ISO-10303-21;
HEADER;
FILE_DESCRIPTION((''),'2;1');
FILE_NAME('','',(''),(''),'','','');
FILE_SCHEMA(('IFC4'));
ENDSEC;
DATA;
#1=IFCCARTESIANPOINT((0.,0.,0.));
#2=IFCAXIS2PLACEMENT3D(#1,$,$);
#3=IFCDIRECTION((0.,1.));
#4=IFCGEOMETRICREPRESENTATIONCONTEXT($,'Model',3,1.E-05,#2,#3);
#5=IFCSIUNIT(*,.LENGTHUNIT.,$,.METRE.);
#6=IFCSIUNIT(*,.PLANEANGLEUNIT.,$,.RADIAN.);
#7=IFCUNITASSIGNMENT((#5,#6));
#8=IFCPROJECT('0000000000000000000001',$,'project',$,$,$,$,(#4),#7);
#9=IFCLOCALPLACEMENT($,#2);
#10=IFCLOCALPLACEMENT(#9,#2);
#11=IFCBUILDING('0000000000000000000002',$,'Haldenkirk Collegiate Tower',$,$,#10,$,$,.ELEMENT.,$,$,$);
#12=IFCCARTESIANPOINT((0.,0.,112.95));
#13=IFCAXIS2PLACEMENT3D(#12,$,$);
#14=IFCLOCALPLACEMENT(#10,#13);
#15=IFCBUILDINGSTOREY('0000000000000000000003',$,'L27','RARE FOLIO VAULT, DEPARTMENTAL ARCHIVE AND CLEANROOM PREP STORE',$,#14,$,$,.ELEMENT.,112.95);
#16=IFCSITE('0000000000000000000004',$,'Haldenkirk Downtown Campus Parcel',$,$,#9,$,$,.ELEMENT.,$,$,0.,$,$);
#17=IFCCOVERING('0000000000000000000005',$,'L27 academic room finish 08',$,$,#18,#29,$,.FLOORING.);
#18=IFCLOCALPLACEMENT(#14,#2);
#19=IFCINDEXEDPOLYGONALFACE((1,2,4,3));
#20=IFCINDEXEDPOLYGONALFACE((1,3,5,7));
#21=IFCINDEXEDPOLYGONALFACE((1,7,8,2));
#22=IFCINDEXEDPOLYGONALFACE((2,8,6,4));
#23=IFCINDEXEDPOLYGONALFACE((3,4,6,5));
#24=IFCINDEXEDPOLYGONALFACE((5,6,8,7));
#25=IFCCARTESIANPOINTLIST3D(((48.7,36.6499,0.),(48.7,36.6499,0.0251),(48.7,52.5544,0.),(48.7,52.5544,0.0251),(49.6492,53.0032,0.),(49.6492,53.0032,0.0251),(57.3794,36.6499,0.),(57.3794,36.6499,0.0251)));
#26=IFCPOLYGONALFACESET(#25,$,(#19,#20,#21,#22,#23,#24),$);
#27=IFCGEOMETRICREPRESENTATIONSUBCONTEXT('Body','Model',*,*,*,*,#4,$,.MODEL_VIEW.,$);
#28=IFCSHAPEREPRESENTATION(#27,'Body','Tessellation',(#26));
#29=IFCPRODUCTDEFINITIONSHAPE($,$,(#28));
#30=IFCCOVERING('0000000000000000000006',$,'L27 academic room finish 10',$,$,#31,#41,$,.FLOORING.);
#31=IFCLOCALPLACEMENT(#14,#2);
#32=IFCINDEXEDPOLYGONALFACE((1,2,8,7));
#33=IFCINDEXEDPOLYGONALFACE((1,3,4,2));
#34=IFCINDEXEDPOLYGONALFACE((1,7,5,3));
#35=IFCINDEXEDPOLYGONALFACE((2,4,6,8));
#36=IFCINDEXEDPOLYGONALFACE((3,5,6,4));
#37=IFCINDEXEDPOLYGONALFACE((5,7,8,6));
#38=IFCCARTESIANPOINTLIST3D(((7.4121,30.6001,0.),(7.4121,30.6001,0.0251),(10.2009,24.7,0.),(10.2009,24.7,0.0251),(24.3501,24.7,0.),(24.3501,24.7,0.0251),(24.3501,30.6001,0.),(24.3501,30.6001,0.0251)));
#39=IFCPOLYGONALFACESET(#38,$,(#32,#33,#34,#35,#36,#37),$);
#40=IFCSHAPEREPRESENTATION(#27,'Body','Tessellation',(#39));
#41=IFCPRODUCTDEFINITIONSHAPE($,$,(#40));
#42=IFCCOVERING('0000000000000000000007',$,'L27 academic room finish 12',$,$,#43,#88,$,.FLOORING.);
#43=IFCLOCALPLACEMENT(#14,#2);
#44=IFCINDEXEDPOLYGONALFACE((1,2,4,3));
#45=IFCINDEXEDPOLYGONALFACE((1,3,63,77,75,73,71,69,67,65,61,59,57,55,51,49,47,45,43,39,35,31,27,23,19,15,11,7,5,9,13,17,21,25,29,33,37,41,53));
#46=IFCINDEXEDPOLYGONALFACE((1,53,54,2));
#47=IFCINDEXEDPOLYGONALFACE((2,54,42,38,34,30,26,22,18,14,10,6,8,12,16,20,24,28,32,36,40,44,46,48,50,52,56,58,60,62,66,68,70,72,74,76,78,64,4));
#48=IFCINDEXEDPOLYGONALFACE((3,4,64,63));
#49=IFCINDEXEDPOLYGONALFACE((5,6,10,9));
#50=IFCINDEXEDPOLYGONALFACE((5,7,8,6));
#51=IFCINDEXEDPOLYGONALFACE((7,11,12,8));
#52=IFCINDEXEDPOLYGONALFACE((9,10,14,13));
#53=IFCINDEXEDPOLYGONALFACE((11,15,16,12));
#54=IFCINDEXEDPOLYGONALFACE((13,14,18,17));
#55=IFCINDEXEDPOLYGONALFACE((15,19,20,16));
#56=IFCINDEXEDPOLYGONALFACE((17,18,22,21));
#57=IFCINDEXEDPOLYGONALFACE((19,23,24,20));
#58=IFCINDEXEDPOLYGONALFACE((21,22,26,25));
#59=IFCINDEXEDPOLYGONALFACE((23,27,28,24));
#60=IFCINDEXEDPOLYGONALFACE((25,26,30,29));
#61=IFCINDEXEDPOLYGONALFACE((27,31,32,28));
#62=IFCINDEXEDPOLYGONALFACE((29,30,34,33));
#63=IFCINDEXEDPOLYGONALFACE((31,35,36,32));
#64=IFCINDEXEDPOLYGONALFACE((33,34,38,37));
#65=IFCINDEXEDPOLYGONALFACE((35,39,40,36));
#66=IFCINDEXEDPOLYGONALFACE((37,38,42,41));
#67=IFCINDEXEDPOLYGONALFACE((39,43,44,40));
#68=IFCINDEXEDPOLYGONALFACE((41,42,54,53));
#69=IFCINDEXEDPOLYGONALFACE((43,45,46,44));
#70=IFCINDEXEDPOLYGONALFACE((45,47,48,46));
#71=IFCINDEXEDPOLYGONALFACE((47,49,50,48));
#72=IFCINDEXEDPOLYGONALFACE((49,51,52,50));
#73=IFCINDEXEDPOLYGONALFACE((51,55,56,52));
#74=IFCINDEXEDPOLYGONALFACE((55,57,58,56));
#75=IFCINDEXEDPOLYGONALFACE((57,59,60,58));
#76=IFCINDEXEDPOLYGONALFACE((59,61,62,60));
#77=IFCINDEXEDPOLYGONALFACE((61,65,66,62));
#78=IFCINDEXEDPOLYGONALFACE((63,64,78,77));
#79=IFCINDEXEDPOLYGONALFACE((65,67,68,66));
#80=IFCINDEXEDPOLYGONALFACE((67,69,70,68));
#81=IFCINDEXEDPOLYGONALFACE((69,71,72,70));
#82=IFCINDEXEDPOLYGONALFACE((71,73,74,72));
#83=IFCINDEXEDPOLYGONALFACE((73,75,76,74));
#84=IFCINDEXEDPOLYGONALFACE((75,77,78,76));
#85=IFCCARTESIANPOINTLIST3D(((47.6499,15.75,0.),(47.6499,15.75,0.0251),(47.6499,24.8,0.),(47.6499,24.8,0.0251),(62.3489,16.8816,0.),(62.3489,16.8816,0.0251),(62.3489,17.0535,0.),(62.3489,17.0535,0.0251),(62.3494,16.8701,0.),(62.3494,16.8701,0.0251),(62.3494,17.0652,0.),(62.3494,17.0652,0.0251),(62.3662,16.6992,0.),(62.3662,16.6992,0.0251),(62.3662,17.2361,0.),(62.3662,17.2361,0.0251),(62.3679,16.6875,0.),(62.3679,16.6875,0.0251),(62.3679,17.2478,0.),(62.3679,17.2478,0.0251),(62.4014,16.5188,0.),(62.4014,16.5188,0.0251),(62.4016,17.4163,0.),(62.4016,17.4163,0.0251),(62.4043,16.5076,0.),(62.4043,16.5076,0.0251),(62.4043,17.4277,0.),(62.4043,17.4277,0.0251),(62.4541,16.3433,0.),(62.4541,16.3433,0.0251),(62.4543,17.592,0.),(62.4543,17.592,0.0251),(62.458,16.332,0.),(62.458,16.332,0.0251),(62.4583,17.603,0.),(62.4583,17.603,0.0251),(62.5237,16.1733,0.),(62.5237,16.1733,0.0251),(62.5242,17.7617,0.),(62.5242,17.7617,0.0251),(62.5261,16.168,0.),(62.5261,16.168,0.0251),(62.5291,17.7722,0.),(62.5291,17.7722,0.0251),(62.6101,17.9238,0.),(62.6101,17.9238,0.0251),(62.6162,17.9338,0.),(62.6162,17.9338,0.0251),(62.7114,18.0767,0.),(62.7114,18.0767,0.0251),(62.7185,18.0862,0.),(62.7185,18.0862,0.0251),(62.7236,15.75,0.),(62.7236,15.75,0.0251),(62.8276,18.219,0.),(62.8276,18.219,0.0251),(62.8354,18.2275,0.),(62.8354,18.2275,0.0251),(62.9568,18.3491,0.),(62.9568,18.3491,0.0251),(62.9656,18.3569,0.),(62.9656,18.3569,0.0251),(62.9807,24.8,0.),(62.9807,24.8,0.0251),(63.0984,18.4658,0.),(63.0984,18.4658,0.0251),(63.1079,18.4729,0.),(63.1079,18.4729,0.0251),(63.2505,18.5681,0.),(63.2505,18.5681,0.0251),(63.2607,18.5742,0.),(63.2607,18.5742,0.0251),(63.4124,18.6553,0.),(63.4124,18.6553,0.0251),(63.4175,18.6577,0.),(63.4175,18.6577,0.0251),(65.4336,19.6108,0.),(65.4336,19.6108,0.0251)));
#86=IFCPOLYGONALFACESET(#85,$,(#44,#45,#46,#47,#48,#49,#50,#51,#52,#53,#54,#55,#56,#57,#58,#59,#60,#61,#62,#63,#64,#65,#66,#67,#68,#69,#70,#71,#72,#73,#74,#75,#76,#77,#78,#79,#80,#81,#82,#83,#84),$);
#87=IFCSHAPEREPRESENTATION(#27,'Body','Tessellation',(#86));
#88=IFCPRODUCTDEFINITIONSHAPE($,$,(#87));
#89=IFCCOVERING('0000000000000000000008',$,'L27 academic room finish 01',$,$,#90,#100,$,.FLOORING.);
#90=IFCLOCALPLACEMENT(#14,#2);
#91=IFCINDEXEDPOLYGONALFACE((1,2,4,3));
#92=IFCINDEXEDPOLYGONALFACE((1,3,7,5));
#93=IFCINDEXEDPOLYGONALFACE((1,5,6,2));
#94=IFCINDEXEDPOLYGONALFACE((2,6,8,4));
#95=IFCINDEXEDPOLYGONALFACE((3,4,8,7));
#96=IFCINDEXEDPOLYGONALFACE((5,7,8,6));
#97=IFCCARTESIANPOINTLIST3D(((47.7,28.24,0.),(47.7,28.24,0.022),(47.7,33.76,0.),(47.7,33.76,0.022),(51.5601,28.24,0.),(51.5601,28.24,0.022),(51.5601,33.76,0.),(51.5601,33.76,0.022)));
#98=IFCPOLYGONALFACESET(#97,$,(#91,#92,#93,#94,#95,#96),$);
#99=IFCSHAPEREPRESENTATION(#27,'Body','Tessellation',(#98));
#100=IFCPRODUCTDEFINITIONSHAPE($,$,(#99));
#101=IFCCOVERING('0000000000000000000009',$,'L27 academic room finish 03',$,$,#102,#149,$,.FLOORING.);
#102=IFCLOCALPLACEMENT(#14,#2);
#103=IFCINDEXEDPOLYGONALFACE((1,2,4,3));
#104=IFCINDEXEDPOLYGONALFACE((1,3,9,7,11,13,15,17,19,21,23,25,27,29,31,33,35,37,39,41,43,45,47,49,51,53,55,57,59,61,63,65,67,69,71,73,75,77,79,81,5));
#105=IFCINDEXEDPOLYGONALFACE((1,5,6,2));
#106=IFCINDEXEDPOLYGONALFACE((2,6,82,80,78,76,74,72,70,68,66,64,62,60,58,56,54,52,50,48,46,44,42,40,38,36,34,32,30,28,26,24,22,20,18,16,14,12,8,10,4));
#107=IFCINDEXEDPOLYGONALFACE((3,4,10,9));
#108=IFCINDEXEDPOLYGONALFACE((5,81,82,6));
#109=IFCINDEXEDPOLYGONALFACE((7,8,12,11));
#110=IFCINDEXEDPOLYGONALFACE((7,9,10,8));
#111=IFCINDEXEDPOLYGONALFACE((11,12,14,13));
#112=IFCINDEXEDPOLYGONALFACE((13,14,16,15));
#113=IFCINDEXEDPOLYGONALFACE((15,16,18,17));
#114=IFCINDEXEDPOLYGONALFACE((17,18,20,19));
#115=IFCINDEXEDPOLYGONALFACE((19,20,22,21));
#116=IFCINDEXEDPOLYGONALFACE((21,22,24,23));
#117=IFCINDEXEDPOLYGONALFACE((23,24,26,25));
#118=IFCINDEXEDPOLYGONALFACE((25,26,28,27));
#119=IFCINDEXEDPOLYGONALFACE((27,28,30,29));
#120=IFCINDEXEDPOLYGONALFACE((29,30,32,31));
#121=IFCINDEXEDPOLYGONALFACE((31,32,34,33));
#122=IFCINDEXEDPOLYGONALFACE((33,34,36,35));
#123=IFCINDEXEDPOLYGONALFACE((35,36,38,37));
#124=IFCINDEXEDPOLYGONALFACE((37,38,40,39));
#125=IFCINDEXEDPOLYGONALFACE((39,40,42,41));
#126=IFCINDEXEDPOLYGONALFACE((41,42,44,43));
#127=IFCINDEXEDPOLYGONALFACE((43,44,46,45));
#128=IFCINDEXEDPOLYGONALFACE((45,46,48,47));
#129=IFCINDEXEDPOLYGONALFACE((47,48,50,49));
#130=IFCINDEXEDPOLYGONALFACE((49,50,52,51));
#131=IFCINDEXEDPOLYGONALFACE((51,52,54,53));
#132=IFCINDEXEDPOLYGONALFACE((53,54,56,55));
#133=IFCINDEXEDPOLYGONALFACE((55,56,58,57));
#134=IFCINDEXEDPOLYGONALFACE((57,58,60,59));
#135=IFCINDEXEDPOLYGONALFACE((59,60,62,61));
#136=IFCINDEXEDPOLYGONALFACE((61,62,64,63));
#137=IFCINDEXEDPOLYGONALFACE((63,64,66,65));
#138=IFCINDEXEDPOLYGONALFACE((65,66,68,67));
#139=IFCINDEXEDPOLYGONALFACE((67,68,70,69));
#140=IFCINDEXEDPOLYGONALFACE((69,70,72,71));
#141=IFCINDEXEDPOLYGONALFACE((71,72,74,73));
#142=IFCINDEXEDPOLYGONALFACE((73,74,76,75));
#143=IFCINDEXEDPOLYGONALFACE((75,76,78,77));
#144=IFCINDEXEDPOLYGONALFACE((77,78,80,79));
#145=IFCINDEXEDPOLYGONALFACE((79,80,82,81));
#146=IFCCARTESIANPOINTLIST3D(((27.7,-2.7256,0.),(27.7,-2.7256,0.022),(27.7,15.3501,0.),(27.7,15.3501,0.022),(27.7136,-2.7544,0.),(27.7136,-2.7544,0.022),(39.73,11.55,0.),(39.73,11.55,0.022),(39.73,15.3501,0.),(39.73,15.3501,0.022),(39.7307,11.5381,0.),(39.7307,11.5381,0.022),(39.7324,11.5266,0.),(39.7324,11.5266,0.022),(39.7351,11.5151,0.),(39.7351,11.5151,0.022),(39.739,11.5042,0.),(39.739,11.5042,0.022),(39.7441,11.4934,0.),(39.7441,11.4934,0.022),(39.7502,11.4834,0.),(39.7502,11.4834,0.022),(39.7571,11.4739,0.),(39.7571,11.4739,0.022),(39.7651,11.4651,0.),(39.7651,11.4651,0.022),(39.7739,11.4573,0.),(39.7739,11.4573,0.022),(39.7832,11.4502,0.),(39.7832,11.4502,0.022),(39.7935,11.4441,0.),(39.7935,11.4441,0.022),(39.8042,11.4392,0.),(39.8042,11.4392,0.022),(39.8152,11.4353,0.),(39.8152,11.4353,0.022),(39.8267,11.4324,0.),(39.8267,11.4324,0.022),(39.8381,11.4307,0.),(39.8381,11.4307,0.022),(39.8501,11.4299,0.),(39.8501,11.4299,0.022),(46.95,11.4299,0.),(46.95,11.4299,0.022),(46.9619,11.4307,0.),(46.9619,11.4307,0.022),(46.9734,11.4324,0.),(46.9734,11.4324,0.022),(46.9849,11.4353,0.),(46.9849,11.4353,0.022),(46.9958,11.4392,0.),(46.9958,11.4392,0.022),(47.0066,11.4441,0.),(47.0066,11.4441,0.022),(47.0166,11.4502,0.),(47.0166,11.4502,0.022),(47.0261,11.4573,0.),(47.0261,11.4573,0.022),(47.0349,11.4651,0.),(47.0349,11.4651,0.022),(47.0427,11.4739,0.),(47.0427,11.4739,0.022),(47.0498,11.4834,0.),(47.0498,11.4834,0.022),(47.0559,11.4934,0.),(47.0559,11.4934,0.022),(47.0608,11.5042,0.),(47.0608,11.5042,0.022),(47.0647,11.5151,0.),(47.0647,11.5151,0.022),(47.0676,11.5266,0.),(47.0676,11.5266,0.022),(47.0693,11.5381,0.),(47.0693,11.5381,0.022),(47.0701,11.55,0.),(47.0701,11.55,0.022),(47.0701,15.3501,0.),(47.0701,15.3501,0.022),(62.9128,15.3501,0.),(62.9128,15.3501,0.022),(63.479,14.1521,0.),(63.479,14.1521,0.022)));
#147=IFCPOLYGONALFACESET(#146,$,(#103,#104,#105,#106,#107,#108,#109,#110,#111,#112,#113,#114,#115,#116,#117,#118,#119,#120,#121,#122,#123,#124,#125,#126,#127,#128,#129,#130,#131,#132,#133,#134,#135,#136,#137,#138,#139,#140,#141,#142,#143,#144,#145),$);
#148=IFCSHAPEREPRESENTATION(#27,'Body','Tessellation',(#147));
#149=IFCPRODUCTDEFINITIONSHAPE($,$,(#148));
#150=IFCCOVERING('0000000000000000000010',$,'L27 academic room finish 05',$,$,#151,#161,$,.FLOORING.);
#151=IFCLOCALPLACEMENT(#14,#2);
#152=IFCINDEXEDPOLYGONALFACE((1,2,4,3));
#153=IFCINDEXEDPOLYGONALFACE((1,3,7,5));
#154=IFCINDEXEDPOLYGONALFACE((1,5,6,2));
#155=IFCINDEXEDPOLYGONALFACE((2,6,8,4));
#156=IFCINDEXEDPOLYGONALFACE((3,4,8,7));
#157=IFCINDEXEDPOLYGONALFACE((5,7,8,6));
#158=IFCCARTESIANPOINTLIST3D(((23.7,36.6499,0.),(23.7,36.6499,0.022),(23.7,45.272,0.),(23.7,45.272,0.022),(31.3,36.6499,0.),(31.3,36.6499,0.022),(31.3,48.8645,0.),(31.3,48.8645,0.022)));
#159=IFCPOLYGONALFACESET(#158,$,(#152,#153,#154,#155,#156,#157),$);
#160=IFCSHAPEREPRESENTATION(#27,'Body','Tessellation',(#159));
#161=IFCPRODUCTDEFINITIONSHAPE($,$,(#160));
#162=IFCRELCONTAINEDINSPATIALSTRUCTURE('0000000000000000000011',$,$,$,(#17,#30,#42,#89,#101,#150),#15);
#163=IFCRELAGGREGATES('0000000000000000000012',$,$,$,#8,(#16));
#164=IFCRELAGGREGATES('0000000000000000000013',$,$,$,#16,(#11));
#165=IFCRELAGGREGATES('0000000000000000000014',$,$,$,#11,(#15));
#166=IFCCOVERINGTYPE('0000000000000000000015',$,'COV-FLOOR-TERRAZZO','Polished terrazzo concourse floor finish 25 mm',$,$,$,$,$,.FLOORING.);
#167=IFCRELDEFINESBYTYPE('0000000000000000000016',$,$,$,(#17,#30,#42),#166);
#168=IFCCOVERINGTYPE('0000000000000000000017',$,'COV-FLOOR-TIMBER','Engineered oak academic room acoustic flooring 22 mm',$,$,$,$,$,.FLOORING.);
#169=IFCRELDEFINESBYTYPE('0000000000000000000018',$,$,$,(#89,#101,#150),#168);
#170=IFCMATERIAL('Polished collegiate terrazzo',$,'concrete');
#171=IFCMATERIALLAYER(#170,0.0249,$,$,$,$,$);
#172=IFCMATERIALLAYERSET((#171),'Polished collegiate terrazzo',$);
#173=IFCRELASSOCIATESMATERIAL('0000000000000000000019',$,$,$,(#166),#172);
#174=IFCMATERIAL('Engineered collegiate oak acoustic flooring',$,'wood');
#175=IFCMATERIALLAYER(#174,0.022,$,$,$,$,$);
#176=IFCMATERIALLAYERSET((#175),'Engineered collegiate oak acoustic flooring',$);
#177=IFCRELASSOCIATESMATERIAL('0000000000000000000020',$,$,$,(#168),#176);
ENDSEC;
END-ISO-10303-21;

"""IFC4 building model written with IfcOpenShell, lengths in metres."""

from ifc_helpers import new_model, si_unit, direction, frame, origin, place, context, subcontext, project, spatial, polyline, outline, extrude, material, layer, layer_set, type_object, element, save


model = new_model("IFC4")

# Units and contexts
model_context = context("Model", 3, precision=1e-05, world=origin(), true_north=direction((0.0, 1.0)))
body_context = subcontext(model_context, "Body", "Model", "MODEL_VIEW")
ifc_project = project(units=[si_unit("LENGTHUNIT", "METRE"), si_unit("PLANEANGLEUNIT", "RADIAN")], contexts=[model_context])

# Site, building, storey
site_placement = place(None, origin())
site = spatial("IfcSite", under=ifc_project, at=site_placement, Name="Haldenkirk Downtown Campus Parcel", CompositionType="ELEMENT", RefElevation=0.0)
building_placement = place(site_placement, origin())
building = spatial("IfcBuilding", under=site, at=building_placement, Name="Haldenkirk Collegiate Tower", CompositionType="ELEMENT")
storey_placement = place(building_placement, frame((0.0, 0.0, 112.95)))
storey = spatial("IfcBuildingStorey", under=building, at=storey_placement, Name="L27", Description="RARE FOLIO VAULT, DEPARTMENTAL ARCHIVE AND CLEANROOM PREP STORE", CompositionType="ELEMENT", Elevation=112.95)

# Coverings
ifc_material_1 = material(Name="Polished collegiate terrazzo", Category="concrete")
ifc_layer_1 = layer(ifc_material_1, 0.0249)
ifc_layer_set_1 = layer_set([ifc_layer_1], Name="Polished collegiate terrazzo")
covering_type_1 = type_object("IfcCoveringType", Name="COV-FLOOR-TERRAZZO", Description="Polished terrazzo concourse floor finish 25 mm", PredefinedType="FLOORING", material=ifc_layer_set_1)
covering_1_placement = place(storey_placement, origin())
element("IfcCovering", 1, at=covering_1_placement, inside=storey, type_object=covering_type_1, Name="L27 academic room finish 08", PredefinedType="FLOORING", context=body_context, shape_type="SweptSolid", body=[
    extrude(outline(polyline([(49.6492, 53.0032), (57.3794, 36.6499), (48.7, 36.6499), (48.7, 52.5544), (49.6492, 53.0032)])), origin(), (0.0, 0.0, 1.0), 0.0251),
])
covering_2_placement = place(storey_placement, origin())
element("IfcCovering", 2, at=covering_2_placement, inside=storey, type_object=covering_type_1, Name="L27 academic room finish 10", PredefinedType="FLOORING", context=body_context, shape_type="SweptSolid", body=[
    extrude(outline(polyline([(7.4121, 30.6001), (24.3501, 30.6001), (24.3501, 24.7), (10.2009, 24.7), (7.4121, 30.6001)])), origin(), (0.0, 0.0, 1.0), 0.0251),
])
covering_3_placement = place(storey_placement, origin())
element("IfcCovering", 3, at=covering_3_placement, inside=storey, type_object=covering_type_1, Name="L27 academic room finish 12", PredefinedType="FLOORING", context=body_context, shape_type="SweptSolid", body=[
    extrude(outline(polyline([(63.4175, 18.6577), (63.4124, 18.6553), (63.2607, 18.5742), (63.2505, 18.5681), (63.1079, 18.4729), (63.0984, 18.4658), (62.9656, 18.3569), (62.9568, 18.3491), (62.8354, 18.2275), (62.8276, 18.219), (62.7185, 18.0862), (62.7114, 18.0767), (62.6162, 17.9338), (62.6101, 17.9238), (62.5291, 17.7722), (62.5242, 17.7617), (62.4583, 17.603), (62.4543, 17.592), (62.4043, 17.4277), (62.4016, 17.4163), (62.3679, 17.2478), (62.3662, 17.2361), (62.3494, 17.0652), (62.3489, 17.0535), (62.3489, 16.8816), (62.3494, 16.8701), (62.3662, 16.6992), (62.3679, 16.6875), (62.4014, 16.5188), (62.4043, 16.5076), (62.4541, 16.3433), (62.458, 16.332), (62.5237, 16.1733), (62.5261, 16.168), (62.7236, 15.75), (47.6499, 15.75), (47.6499, 24.8), (62.9807, 24.8), (65.4336, 19.6108), (63.4175, 18.6577)])), origin(), (0.0, 0.0, 1.0), 0.0251),
])
ifc_material_2 = material(Name="Engineered collegiate oak acoustic flooring", Category="wood")
ifc_layer_2 = layer(ifc_material_2, 0.022)
ifc_layer_set_2 = layer_set([ifc_layer_2], Name="Engineered collegiate oak acoustic flooring")
covering_type_2 = type_object("IfcCoveringType", Name="COV-FLOOR-TIMBER", Description="Engineered oak academic room acoustic flooring 22 mm", PredefinedType="FLOORING", material=ifc_layer_set_2)
covering_4_placement = place(storey_placement, origin())
element("IfcCovering", 4, at=covering_4_placement, inside=storey, type_object=covering_type_2, Name="L27 academic room finish 01", PredefinedType="FLOORING", context=body_context, shape_type="SweptSolid", body=[
    extrude(outline(polyline([(47.7, 28.24), (47.7, 33.76), (51.5601, 33.76), (51.5601, 28.24), (47.7, 28.24)])), origin(), (0.0, 0.0, 1.0), 0.022),
])
covering_5_placement = place(storey_placement, origin())
element("IfcCovering", 5, at=covering_5_placement, inside=storey, type_object=covering_type_2, Name="L27 academic room finish 03", PredefinedType="FLOORING", context=body_context, shape_type="SweptSolid", body=[
    extrude(outline(polyline([(39.73, 11.55), (39.7307, 11.5381), (39.7324, 11.5266), (39.7351, 11.5151), (39.739, 11.5042), (39.7441, 11.4934), (39.7502, 11.4834), (39.7571, 11.4739), (39.7651, 11.4651), (39.7739, 11.4573), (39.7832, 11.4502), (39.7935, 11.4441), (39.8042, 11.4392), (39.8152, 11.4353), (39.8267, 11.4324), (39.8381, 11.4307), (39.8501, 11.4299), (46.95, 11.4299), (46.9619, 11.4307), (46.9734, 11.4324), (46.9849, 11.4353), (46.9958, 11.4392), (47.0066, 11.4441), (47.0166, 11.4502), (47.0261, 11.4573), (47.0349, 11.4651), (47.0427, 11.4739), (47.0498, 11.4834), (47.0559, 11.4934), (47.0608, 11.5042), (47.0647, 11.5151), (47.0676, 11.5266), (47.0693, 11.5381), (47.0701, 11.55), (47.0701, 15.3501), (62.9128, 15.3501), (63.479, 14.1521), (27.7136, -2.7544), (27.7, -2.7256), (27.7, 15.3501), (39.73, 15.3501), (39.73, 11.55)])), origin(), (0.0, 0.0, 1.0), 0.022),
])
covering_6_placement = place(storey_placement, origin())
element("IfcCovering", 6, at=covering_6_placement, inside=storey, type_object=covering_type_2, Name="L27 academic room finish 05", PredefinedType="FLOORING", context=body_context, shape_type="SweptSolid", body=[
    extrude(outline(polyline([(31.3, 48.8645), (31.3, 36.6499), (23.7, 36.6499), (23.7, 45.272), (31.3, 48.8645)])), origin(), (0.0, 0.0, 1.0), 0.022),
])

save(model, "model.ifc")
